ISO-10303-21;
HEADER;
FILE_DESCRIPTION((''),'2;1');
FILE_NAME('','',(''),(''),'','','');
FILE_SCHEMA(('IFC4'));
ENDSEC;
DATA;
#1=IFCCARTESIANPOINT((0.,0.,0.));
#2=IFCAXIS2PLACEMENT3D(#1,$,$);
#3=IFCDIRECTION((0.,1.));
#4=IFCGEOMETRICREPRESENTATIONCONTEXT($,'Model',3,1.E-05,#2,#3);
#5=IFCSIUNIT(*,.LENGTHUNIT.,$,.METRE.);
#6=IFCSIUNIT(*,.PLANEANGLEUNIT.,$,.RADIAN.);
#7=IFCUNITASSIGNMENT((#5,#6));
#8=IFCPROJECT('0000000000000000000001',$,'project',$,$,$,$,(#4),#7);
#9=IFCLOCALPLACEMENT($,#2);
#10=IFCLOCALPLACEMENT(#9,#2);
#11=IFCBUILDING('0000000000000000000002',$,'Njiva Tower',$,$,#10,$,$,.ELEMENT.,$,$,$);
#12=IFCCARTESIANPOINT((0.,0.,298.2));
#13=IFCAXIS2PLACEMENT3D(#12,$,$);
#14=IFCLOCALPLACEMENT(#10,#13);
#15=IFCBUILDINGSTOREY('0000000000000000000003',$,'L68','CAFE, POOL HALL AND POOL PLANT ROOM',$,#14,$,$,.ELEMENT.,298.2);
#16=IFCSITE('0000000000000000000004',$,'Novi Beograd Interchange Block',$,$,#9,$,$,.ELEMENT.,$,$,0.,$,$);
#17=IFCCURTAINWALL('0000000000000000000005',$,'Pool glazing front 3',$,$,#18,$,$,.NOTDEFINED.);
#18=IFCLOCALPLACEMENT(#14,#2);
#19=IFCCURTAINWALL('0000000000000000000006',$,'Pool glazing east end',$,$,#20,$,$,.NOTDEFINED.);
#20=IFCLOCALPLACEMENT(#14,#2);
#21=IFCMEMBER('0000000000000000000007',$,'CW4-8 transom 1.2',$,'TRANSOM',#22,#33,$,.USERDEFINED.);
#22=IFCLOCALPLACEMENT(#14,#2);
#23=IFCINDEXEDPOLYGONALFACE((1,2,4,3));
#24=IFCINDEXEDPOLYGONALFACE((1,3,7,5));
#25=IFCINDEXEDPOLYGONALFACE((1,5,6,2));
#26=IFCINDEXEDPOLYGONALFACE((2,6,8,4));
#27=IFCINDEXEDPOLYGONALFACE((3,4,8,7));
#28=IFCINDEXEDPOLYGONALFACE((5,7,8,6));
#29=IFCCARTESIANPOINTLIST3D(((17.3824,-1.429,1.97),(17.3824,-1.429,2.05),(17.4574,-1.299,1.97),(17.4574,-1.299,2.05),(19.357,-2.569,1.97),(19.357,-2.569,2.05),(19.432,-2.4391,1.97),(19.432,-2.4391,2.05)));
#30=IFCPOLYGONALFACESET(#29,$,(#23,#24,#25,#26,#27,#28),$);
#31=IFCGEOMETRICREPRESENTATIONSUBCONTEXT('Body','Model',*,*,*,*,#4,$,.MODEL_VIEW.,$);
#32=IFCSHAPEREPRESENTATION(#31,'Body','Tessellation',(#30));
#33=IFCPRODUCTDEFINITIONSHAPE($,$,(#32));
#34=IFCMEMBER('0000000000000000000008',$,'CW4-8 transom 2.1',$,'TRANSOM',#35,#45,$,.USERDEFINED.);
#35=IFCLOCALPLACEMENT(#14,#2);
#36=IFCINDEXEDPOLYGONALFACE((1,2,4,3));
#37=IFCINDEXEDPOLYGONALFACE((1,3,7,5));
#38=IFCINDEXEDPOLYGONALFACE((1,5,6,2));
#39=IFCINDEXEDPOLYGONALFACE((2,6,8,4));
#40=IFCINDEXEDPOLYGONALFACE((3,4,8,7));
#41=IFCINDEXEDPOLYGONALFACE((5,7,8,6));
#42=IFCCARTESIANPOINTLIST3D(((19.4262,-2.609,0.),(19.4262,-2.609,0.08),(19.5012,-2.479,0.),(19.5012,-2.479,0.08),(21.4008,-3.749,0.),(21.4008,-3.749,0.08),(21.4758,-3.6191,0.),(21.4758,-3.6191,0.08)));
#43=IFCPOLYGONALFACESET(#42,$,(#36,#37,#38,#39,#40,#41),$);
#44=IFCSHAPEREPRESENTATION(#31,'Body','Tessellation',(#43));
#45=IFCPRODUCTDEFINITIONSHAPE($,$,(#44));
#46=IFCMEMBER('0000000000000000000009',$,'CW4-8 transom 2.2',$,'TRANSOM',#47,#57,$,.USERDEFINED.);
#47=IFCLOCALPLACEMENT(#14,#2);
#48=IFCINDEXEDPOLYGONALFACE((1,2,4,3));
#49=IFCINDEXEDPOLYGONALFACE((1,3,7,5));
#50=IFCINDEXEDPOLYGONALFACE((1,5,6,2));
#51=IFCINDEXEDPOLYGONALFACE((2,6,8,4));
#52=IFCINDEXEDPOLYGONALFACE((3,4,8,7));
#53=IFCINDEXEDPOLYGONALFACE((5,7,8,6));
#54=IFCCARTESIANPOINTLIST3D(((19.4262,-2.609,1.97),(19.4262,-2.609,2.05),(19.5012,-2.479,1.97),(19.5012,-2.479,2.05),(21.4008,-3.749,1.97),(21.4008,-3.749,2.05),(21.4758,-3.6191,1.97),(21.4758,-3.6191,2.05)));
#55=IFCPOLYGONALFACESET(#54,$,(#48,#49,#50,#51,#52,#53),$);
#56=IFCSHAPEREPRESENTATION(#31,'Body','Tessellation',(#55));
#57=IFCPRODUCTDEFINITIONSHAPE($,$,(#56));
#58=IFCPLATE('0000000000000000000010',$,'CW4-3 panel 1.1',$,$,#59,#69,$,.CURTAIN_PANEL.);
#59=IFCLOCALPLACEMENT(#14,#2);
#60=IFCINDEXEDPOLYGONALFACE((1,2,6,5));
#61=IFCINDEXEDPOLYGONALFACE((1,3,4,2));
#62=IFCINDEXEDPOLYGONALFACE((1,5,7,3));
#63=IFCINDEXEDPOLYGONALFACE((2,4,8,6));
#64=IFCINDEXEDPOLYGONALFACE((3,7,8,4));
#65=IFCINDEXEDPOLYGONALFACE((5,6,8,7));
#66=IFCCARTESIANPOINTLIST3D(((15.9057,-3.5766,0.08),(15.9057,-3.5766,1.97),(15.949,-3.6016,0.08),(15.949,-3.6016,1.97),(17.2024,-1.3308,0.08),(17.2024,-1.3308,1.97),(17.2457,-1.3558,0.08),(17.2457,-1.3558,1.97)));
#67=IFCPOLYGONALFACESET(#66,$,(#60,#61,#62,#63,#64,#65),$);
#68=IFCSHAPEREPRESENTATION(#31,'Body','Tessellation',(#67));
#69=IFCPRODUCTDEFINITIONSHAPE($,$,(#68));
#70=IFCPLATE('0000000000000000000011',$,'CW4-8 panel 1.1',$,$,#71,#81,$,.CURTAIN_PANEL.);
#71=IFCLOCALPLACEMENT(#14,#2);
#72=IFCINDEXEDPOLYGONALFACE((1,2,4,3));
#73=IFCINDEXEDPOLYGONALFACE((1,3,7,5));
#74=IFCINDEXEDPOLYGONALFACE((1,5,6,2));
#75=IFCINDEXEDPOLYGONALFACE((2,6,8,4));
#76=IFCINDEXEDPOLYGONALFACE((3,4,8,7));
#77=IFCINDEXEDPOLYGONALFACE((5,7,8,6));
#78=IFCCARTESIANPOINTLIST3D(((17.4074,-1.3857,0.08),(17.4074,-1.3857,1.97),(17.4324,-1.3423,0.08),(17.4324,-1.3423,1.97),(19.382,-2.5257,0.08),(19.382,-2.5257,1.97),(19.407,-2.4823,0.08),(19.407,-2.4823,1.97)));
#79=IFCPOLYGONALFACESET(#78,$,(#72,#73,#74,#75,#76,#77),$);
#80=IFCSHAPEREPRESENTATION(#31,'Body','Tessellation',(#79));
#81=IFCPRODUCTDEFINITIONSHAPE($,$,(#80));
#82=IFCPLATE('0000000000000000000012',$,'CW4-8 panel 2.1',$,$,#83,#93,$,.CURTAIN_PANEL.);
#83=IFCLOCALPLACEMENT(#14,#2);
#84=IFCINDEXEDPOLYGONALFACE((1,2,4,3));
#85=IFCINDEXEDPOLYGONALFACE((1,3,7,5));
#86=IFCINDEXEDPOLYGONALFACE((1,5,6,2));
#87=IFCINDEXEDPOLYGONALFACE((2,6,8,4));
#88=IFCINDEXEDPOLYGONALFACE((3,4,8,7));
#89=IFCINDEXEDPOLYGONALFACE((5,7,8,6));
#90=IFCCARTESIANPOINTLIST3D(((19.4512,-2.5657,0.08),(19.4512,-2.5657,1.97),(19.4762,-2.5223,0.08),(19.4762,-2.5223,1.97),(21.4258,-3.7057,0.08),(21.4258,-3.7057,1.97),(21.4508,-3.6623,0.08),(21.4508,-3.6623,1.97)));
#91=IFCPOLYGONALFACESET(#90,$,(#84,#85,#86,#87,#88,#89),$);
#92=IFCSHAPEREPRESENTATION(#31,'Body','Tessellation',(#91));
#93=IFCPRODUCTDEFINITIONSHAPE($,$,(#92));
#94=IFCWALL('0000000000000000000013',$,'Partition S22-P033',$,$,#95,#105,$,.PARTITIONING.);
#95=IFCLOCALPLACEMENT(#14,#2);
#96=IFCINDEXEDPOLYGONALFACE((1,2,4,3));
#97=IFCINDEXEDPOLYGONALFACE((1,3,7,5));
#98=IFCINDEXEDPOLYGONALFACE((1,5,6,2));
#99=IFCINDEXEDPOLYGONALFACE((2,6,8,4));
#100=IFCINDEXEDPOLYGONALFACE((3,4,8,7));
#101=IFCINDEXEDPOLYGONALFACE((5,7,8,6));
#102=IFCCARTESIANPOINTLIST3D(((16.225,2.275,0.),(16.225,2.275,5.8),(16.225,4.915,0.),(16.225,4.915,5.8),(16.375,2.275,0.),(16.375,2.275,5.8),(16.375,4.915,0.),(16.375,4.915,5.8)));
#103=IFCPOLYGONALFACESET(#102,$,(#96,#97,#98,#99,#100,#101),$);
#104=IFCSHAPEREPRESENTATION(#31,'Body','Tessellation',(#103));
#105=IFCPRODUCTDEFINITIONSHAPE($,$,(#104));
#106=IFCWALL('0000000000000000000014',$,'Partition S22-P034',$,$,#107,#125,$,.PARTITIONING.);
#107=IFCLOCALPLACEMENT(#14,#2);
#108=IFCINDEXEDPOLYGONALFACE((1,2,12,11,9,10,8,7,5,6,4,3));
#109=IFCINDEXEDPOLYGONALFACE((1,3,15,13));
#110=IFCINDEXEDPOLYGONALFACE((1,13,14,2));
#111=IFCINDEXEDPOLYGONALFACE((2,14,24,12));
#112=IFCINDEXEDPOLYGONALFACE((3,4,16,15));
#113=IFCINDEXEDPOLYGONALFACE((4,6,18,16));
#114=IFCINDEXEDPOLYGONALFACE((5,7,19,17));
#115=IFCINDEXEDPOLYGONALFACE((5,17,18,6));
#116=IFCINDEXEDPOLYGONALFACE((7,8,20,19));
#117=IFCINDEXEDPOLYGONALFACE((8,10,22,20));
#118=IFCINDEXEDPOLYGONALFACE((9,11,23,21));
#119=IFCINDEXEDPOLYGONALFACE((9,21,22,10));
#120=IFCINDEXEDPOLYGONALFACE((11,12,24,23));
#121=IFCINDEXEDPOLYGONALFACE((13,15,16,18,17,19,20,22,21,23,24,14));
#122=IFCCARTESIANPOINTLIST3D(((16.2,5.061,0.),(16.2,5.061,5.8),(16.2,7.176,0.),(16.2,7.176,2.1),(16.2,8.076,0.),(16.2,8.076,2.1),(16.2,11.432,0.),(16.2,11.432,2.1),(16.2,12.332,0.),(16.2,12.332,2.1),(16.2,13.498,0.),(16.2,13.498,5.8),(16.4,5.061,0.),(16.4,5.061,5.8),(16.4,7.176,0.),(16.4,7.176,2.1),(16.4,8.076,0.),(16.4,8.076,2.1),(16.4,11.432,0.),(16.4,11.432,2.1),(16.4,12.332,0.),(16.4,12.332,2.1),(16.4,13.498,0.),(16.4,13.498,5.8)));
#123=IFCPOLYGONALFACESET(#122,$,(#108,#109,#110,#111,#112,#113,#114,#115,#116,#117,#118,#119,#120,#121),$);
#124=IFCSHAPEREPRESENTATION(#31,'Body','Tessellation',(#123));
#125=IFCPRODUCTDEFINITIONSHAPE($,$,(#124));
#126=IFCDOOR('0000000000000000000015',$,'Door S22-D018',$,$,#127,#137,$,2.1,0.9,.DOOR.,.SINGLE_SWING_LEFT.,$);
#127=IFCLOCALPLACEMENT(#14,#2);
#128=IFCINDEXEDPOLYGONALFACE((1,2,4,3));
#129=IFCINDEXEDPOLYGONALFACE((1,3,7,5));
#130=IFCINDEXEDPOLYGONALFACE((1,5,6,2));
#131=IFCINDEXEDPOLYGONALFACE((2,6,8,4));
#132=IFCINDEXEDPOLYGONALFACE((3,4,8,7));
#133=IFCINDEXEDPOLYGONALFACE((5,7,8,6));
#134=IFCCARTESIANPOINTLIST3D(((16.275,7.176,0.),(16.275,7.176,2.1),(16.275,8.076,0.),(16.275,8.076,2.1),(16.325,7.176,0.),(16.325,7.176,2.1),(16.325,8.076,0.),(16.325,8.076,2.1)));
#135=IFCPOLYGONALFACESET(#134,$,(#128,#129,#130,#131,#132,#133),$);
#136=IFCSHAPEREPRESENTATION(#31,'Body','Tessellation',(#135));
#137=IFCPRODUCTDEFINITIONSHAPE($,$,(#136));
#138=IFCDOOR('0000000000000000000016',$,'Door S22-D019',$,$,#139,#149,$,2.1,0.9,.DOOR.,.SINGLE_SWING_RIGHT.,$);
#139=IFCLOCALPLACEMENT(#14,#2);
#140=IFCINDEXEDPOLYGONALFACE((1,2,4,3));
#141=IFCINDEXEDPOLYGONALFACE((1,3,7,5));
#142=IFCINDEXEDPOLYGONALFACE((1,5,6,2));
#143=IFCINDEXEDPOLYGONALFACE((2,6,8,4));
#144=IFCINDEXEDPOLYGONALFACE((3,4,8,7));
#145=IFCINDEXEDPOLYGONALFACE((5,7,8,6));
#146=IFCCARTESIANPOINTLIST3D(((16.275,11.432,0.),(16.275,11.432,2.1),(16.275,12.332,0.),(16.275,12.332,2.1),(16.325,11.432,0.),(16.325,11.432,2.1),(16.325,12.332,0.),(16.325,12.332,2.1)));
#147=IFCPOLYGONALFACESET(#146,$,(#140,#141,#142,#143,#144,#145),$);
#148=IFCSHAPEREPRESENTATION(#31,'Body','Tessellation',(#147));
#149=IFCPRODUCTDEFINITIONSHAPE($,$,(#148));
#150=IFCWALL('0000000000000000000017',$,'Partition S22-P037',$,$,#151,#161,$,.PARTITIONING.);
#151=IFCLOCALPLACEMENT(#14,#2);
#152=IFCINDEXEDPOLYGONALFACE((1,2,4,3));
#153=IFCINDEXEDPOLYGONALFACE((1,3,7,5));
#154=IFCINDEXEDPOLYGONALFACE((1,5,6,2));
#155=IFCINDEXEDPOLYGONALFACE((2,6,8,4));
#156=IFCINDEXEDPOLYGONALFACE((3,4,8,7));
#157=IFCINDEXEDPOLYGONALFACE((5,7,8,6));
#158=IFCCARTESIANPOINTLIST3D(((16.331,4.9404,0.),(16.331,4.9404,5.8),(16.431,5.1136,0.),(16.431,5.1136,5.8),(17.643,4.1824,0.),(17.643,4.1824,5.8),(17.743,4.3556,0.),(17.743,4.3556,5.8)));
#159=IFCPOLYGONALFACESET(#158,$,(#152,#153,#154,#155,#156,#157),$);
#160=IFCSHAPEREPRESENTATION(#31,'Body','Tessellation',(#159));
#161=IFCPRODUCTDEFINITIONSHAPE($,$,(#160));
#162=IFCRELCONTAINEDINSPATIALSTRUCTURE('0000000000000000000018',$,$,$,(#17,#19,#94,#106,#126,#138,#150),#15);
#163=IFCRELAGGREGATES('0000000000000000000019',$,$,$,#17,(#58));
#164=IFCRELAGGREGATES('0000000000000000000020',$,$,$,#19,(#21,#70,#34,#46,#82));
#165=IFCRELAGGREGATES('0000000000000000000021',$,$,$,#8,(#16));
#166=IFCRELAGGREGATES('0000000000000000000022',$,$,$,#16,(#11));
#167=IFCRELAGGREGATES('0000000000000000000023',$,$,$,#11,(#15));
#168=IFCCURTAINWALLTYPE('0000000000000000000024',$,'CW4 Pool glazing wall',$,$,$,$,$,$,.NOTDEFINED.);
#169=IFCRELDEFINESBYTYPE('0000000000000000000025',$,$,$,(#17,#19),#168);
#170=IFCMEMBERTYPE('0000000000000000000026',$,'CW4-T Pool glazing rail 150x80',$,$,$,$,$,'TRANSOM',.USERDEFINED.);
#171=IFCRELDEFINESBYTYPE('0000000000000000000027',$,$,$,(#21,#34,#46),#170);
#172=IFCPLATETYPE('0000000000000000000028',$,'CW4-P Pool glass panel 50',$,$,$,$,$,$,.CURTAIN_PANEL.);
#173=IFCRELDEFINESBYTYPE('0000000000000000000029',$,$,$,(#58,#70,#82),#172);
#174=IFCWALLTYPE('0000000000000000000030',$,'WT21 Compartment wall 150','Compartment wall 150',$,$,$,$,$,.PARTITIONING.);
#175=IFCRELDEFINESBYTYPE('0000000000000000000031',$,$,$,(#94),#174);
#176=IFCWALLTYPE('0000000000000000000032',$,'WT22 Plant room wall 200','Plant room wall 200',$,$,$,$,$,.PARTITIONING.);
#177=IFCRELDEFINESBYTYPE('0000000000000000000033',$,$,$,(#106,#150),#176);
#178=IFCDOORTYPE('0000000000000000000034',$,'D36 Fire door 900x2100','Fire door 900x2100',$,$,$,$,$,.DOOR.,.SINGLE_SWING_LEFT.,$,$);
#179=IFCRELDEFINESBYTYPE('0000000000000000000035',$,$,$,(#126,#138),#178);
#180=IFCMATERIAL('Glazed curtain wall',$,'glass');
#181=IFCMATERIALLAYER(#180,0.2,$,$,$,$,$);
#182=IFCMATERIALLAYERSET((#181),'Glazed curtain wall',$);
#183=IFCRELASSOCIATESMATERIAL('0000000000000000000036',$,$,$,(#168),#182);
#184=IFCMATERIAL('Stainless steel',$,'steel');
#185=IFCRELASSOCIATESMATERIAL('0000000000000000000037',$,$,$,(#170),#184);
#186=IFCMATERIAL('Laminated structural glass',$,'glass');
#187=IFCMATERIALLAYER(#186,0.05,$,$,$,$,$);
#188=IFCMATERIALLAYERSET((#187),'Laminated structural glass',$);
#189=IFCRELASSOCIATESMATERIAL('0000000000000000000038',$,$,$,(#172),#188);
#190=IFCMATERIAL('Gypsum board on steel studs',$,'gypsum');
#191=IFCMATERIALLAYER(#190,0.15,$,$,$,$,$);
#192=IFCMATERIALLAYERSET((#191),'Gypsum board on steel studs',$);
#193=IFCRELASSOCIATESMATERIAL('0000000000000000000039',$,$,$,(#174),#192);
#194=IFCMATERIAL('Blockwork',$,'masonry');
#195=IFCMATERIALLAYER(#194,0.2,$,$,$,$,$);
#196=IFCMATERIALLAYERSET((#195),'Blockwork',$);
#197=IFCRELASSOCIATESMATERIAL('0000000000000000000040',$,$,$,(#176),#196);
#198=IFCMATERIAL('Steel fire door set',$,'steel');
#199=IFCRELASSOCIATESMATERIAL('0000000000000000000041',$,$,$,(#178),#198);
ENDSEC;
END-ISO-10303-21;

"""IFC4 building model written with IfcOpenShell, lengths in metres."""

from ifc_helpers import new_model, si_unit, direction, frame, frame_2d, origin, origin_2d, place, context, subcontext, project, spatial, rectangle, extrude, material, layer, layer_set, material_profile, profile_set, type_object, element, fill, aggregate, save


model = new_model("IFC4")

# Units and contexts
model_context = context("Model", 3, precision=1e-05, world=origin(), true_north=direction((0.0, 1.0)))
body_context = subcontext(model_context, "Body", "Model", "MODEL_VIEW")
ifc_project = project(units=[si_unit("LENGTHUNIT", "METRE"), si_unit("PLANEANGLEUNIT", "RADIAN")], contexts=[model_context])

# Site, building, storey
site_placement = place(None, origin())
site = spatial("IfcSite", under=ifc_project, at=site_placement, Name="Novi Beograd Interchange Block", CompositionType="ELEMENT", RefElevation=0.0)
building_placement = place(site_placement, origin())
building = spatial("IfcBuilding", under=site, at=building_placement, Name="Njiva Tower", CompositionType="ELEMENT")
storey_placement = place(building_placement, frame((0.0, 0.0, 298.2)))
storey = spatial("IfcBuildingStorey", under=building, at=storey_placement, Name="L68", Description="CAFE, POOL HALL AND POOL PLANT ROOM", CompositionType="ELEMENT", Elevation=298.2)

# Curtain wall
ifc_material_1 = material(Name="Glazed curtain wall", Category="glass")
ifc_layer_1 = layer(ifc_material_1, 0.2)
ifc_layer_set_1 = layer_set([ifc_layer_1], Name="Glazed curtain wall")
curtain_wall_type = type_object("IfcCurtainWallType", Name="CW4 Pool glazing wall", PredefinedType="NOTDEFINED", material=ifc_layer_set_1)
curtain_wall_1_placement = place(storey_placement, origin())
curtain_wall_1 = element("IfcCurtainWall", 1, at=curtain_wall_1_placement, inside=storey, type_object=curtain_wall_type, Name="Pool glazing front 3", PredefinedType="NOTDEFINED")
ifc_material_2 = material(Name="Stainless steel", Category="steel")

# Curtain wall, members
curtain_wall_2_placement = place(storey_placement, origin())
curtain_wall_2 = element("IfcCurtainWall", 2, at=curtain_wall_2_placement, inside=storey, type_object=curtain_wall_type, Name="Pool glazing east end", PredefinedType="NOTDEFINED")
ifc_material_profile_1 = material_profile(ifc_material_2, rectangle(XDim=0.15, YDim=0.08, at=origin_2d()), Name="RECT 150x80")
ifc_profile_set_1 = profile_set([ifc_material_profile_1], Name="Stainless steel")
member_type_1 = type_object("IfcMemberType", Name="CW4-T Pool glazing rail 150x80", ElementType="TRANSOM", PredefinedType="USERDEFINED", material=ifc_profile_set_1)
member_1_placement = place(storey_placement, frame((17.4199, -1.364, 2.01), z_axis=(0.866032, -0.499988, 0.0), x_axis=(0.499988, 0.866032, 0.0)))
member_1 = element("IfcMember", 3, at=member_1_placement, type_object=member_type_1, Name="CW4-8 transom 1.2", ObjectType="TRANSOM", PredefinedType="USERDEFINED", context=body_context, shape_type="SweptSolid", body=[
    extrude(rectangle(XDim=0.15, YDim=0.08, at=origin_2d()), origin(), (0.0, 0.0, 1.0), 2.2801),
])
member_2_placement = place(storey_placement, frame((19.4637, -2.544, 0.04), z_axis=(0.866032, -0.499988, 0.0), x_axis=(0.499988, 0.866032, 0.0)))
member_2 = element("IfcMember", 4, at=member_2_placement, type_object=member_type_1, Name="CW4-8 transom 2.1", ObjectType="TRANSOM", PredefinedType="USERDEFINED", context=body_context, shape_type="SweptSolid", body=[
    extrude(rectangle(XDim=0.15, YDim=0.08, at=origin_2d()), origin(), (0.0, 0.0, 1.0), 2.2801),
])
member_3_placement = place(storey_placement, frame((19.4637, -2.544, 2.01), z_axis=(0.866032, -0.499988, 0.0), x_axis=(0.499988, 0.866032, 0.0)))
member_3 = element("IfcMember", 5, at=member_3_placement, type_object=member_type_1, Name="CW4-8 transom 2.2", ObjectType="TRANSOM", PredefinedType="USERDEFINED", context=body_context, shape_type="SweptSolid", body=[
    extrude(rectangle(XDim=0.15, YDim=0.08, at=origin_2d()), origin(), (0.0, 0.0, 1.0), 2.2801),
])

# Plates
ifc_material_3 = material(Name="Laminated structural glass", Category="glass")
ifc_layer_2 = layer(ifc_material_3, 0.05)
ifc_layer_set_2 = layer_set([ifc_layer_2], Name="Laminated structural glass")
plate_type = type_object("IfcPlateType", Name="CW4-P Pool glass panel 50", PredefinedType="CURTAIN_PANEL", material=ifc_layer_set_2)
plate_1_placement = place(storey_placement, frame((16.5757, -2.4662, 0.08), z_axis=(0.0, 0.0, 1.0), x_axis=(0.5, 0.866025, 0.0)))
plate_1 = element("IfcPlate", 6, at=plate_1_placement, type_object=plate_type, Name="CW4-3 panel 1.1", PredefinedType="CURTAIN_PANEL", context=body_context, shape_type="SweptSolid", body=[
    extrude(rectangle(XDim=2.5933, YDim=0.05, at=origin_2d()), origin(), (0.0, 0.0, 1.0), 1.89),
])
aggregate(curtain_wall_1, [plate_1])
plate_2_placement = place(storey_placement, frame((18.4072, -1.934, 0.08), z_axis=(0.0, 0.0, 1.0), x_axis=(0.866025, -0.5, 0.0)))
plate_2 = element("IfcPlate", 7, at=plate_2_placement, type_object=plate_type, Name="CW4-8 panel 1.1", PredefinedType="CURTAIN_PANEL", context=body_context, shape_type="SweptSolid", body=[
    extrude(rectangle(XDim=2.28, YDim=0.05, at=origin_2d()), origin(), (0.0, 0.0, 1.0), 1.89),
])
plate_3_placement = place(storey_placement, frame((20.451, -3.114, 0.08), z_axis=(0.0, 0.0, 1.0), x_axis=(0.866025, -0.5, 0.0)))
plate_3 = element("IfcPlate", 8, at=plate_3_placement, type_object=plate_type, Name="CW4-8 panel 2.1", PredefinedType="CURTAIN_PANEL", context=body_context, shape_type="SweptSolid", body=[
    extrude(rectangle(XDim=2.28, YDim=0.05, at=origin_2d()), origin(), (0.0, 0.0, 1.0), 1.89),
])
aggregate(curtain_wall_2, [member_1, plate_2, member_2, member_3, plate_3])

# Wall
ifc_material_4 = material(Name="Gypsum board on steel studs", Category="gypsum")
ifc_layer_3 = layer(ifc_material_4, 0.15)
ifc_layer_set_3 = layer_set([ifc_layer_3], Name="Gypsum board on steel studs")
wall_type_1 = type_object("IfcWallType", Name="WT21 Compartment wall 150", Description="Compartment wall 150", PredefinedType="PARTITIONING", material=ifc_layer_set_3)
wall_1_placement = place(storey_placement, frame((16.3, 2.275, 0.0), z_axis=(0.0, 0.0, 1.0), x_axis=(0.0, 1.0, 0.0)))
element("IfcWall", 9, at=wall_1_placement, inside=storey, type_object=wall_type_1, Name="Partition S22-P033", PredefinedType="PARTITIONING", context=body_context, shape_type="SweptSolid", body=[
    extrude(rectangle(XDim=2.64, YDim=0.15, at=frame_2d((1.32, 0.0))), origin(), (0.0, 0.0, 1.0), 5.8),
])

# Wall, openings, doors
ifc_material_5 = material(Name="Blockwork", Category="masonry")
ifc_layer_4 = layer(ifc_material_5, 0.2)
ifc_layer_set_4 = layer_set([ifc_layer_4], Name="Blockwork")
wall_type_2 = type_object("IfcWallType", Name="WT22 Plant room wall 200", Description="Plant room wall 200", PredefinedType="PARTITIONING", material=ifc_layer_set_4)
wall_2_placement = place(storey_placement, frame((16.3, 5.061, 0.0), z_axis=(0.0, 0.0, 1.0), x_axis=(0.0, 1.0, 0.0)))
wall_2 = element("IfcWall", 10, at=wall_2_placement, inside=storey, type_object=wall_type_2, Name="Partition S22-P034", PredefinedType="PARTITIONING", context=body_context, shape_type="SweptSolid", body=[
    extrude(rectangle(XDim=8.437, YDim=0.2, at=frame_2d((4.2185, 0.0))), origin(), (0.0, 0.0, 1.0), 5.8),
])
opening_1_placement = place(wall_2_placement, frame((2.115, 0.0, 0.0)))
opening_1 = element("IfcOpeningElement", 11, at=opening_1_placement, cuts=wall_2, PredefinedType="OPENING", context=body_context, shape_type="SweptSolid", body=[
    extrude(rectangle(XDim=0.9, YDim=2.1, at=frame_2d((0.45, 1.05))), frame((0.0, 0.11, 0.0), z_axis=(0.0, -1.0, 0.0), x_axis=(1.0, 0.0, 0.0)), (0.0, 0.0, 1.0), 0.22),
])
opening_2_placement = place(wall_2_placement, frame((6.371, 0.0, 0.0)))
opening_2 = element("IfcOpeningElement", 12, at=opening_2_placement, cuts=wall_2, PredefinedType="OPENING", context=body_context, shape_type="SweptSolid", body=[
    extrude(rectangle(XDim=0.9, YDim=2.1, at=frame_2d((0.45, 1.05))), frame((0.0, 0.11, 0.0), z_axis=(0.0, -1.0, 0.0), x_axis=(1.0, 0.0, 0.0)), (0.0, 0.0, 1.0), 0.22),
])
ifc_material_6 = material(Name="Steel fire door set", Category="steel")
door_type = type_object("IfcDoorType", Name="D36 Fire door 900x2100", Description="Fire door 900x2100", OperationType="SINGLE_SWING_LEFT", PredefinedType="DOOR", material=ifc_material_6)
door_1_placement = place(opening_1_placement, origin())
door_1 = element("IfcDoor", 13, at=door_1_placement, inside=storey, type_object=door_type, Name="Door S22-D018", OperationType="SINGLE_SWING_LEFT", OverallHeight=2.1, OverallWidth=0.9, PredefinedType="DOOR", context=body_context, shape_type="SweptSolid", body=[
    extrude(rectangle(XDim=0.9, YDim=2.1, at=frame_2d((0.45, 1.05))), frame((0.0, 0.025, 0.0), z_axis=(0.0, -1.0, 0.0), x_axis=(1.0, 0.0, 0.0)), (0.0, 0.0, 1.0), 0.05),
])
fill(opening_1, door_1)
door_2_placement = place(opening_2_placement, origin())
door_2 = element("IfcDoor", 14, at=door_2_placement, inside=storey, type_object=door_type, Name="Door S22-D019", OperationType="SINGLE_SWING_RIGHT", OverallHeight=2.1, OverallWidth=0.9, PredefinedType="DOOR", context=body_context, shape_type="SweptSolid", body=[
    extrude(rectangle(XDim=0.9, YDim=2.1, at=frame_2d((0.45, 1.05))), frame((0.0, 0.025, 0.0), z_axis=(0.0, -1.0, 0.0), x_axis=(1.0, 0.0, 0.0)), (0.0, 0.0, 1.0), 0.05),
])
fill(opening_2, door_2)

# Wall
wall_3_placement = place(storey_placement, frame((16.381, 5.027, 0.0), z_axis=(0.0, 0.0, 1.0), x_axis=(0.865878, -0.500256, 0.0)))
element("IfcWall", 15, at=wall_3_placement, inside=storey, type_object=wall_type_2, Name="Partition S22-P037", PredefinedType="PARTITIONING", context=body_context, shape_type="SweptSolid", body=[
    extrude(rectangle(XDim=1.5152, YDim=0.2, at=frame_2d((0.7576, 0.0))), origin(), (0.0, 0.0, 1.0), 5.8),
])

save(model, "model.ifc")
